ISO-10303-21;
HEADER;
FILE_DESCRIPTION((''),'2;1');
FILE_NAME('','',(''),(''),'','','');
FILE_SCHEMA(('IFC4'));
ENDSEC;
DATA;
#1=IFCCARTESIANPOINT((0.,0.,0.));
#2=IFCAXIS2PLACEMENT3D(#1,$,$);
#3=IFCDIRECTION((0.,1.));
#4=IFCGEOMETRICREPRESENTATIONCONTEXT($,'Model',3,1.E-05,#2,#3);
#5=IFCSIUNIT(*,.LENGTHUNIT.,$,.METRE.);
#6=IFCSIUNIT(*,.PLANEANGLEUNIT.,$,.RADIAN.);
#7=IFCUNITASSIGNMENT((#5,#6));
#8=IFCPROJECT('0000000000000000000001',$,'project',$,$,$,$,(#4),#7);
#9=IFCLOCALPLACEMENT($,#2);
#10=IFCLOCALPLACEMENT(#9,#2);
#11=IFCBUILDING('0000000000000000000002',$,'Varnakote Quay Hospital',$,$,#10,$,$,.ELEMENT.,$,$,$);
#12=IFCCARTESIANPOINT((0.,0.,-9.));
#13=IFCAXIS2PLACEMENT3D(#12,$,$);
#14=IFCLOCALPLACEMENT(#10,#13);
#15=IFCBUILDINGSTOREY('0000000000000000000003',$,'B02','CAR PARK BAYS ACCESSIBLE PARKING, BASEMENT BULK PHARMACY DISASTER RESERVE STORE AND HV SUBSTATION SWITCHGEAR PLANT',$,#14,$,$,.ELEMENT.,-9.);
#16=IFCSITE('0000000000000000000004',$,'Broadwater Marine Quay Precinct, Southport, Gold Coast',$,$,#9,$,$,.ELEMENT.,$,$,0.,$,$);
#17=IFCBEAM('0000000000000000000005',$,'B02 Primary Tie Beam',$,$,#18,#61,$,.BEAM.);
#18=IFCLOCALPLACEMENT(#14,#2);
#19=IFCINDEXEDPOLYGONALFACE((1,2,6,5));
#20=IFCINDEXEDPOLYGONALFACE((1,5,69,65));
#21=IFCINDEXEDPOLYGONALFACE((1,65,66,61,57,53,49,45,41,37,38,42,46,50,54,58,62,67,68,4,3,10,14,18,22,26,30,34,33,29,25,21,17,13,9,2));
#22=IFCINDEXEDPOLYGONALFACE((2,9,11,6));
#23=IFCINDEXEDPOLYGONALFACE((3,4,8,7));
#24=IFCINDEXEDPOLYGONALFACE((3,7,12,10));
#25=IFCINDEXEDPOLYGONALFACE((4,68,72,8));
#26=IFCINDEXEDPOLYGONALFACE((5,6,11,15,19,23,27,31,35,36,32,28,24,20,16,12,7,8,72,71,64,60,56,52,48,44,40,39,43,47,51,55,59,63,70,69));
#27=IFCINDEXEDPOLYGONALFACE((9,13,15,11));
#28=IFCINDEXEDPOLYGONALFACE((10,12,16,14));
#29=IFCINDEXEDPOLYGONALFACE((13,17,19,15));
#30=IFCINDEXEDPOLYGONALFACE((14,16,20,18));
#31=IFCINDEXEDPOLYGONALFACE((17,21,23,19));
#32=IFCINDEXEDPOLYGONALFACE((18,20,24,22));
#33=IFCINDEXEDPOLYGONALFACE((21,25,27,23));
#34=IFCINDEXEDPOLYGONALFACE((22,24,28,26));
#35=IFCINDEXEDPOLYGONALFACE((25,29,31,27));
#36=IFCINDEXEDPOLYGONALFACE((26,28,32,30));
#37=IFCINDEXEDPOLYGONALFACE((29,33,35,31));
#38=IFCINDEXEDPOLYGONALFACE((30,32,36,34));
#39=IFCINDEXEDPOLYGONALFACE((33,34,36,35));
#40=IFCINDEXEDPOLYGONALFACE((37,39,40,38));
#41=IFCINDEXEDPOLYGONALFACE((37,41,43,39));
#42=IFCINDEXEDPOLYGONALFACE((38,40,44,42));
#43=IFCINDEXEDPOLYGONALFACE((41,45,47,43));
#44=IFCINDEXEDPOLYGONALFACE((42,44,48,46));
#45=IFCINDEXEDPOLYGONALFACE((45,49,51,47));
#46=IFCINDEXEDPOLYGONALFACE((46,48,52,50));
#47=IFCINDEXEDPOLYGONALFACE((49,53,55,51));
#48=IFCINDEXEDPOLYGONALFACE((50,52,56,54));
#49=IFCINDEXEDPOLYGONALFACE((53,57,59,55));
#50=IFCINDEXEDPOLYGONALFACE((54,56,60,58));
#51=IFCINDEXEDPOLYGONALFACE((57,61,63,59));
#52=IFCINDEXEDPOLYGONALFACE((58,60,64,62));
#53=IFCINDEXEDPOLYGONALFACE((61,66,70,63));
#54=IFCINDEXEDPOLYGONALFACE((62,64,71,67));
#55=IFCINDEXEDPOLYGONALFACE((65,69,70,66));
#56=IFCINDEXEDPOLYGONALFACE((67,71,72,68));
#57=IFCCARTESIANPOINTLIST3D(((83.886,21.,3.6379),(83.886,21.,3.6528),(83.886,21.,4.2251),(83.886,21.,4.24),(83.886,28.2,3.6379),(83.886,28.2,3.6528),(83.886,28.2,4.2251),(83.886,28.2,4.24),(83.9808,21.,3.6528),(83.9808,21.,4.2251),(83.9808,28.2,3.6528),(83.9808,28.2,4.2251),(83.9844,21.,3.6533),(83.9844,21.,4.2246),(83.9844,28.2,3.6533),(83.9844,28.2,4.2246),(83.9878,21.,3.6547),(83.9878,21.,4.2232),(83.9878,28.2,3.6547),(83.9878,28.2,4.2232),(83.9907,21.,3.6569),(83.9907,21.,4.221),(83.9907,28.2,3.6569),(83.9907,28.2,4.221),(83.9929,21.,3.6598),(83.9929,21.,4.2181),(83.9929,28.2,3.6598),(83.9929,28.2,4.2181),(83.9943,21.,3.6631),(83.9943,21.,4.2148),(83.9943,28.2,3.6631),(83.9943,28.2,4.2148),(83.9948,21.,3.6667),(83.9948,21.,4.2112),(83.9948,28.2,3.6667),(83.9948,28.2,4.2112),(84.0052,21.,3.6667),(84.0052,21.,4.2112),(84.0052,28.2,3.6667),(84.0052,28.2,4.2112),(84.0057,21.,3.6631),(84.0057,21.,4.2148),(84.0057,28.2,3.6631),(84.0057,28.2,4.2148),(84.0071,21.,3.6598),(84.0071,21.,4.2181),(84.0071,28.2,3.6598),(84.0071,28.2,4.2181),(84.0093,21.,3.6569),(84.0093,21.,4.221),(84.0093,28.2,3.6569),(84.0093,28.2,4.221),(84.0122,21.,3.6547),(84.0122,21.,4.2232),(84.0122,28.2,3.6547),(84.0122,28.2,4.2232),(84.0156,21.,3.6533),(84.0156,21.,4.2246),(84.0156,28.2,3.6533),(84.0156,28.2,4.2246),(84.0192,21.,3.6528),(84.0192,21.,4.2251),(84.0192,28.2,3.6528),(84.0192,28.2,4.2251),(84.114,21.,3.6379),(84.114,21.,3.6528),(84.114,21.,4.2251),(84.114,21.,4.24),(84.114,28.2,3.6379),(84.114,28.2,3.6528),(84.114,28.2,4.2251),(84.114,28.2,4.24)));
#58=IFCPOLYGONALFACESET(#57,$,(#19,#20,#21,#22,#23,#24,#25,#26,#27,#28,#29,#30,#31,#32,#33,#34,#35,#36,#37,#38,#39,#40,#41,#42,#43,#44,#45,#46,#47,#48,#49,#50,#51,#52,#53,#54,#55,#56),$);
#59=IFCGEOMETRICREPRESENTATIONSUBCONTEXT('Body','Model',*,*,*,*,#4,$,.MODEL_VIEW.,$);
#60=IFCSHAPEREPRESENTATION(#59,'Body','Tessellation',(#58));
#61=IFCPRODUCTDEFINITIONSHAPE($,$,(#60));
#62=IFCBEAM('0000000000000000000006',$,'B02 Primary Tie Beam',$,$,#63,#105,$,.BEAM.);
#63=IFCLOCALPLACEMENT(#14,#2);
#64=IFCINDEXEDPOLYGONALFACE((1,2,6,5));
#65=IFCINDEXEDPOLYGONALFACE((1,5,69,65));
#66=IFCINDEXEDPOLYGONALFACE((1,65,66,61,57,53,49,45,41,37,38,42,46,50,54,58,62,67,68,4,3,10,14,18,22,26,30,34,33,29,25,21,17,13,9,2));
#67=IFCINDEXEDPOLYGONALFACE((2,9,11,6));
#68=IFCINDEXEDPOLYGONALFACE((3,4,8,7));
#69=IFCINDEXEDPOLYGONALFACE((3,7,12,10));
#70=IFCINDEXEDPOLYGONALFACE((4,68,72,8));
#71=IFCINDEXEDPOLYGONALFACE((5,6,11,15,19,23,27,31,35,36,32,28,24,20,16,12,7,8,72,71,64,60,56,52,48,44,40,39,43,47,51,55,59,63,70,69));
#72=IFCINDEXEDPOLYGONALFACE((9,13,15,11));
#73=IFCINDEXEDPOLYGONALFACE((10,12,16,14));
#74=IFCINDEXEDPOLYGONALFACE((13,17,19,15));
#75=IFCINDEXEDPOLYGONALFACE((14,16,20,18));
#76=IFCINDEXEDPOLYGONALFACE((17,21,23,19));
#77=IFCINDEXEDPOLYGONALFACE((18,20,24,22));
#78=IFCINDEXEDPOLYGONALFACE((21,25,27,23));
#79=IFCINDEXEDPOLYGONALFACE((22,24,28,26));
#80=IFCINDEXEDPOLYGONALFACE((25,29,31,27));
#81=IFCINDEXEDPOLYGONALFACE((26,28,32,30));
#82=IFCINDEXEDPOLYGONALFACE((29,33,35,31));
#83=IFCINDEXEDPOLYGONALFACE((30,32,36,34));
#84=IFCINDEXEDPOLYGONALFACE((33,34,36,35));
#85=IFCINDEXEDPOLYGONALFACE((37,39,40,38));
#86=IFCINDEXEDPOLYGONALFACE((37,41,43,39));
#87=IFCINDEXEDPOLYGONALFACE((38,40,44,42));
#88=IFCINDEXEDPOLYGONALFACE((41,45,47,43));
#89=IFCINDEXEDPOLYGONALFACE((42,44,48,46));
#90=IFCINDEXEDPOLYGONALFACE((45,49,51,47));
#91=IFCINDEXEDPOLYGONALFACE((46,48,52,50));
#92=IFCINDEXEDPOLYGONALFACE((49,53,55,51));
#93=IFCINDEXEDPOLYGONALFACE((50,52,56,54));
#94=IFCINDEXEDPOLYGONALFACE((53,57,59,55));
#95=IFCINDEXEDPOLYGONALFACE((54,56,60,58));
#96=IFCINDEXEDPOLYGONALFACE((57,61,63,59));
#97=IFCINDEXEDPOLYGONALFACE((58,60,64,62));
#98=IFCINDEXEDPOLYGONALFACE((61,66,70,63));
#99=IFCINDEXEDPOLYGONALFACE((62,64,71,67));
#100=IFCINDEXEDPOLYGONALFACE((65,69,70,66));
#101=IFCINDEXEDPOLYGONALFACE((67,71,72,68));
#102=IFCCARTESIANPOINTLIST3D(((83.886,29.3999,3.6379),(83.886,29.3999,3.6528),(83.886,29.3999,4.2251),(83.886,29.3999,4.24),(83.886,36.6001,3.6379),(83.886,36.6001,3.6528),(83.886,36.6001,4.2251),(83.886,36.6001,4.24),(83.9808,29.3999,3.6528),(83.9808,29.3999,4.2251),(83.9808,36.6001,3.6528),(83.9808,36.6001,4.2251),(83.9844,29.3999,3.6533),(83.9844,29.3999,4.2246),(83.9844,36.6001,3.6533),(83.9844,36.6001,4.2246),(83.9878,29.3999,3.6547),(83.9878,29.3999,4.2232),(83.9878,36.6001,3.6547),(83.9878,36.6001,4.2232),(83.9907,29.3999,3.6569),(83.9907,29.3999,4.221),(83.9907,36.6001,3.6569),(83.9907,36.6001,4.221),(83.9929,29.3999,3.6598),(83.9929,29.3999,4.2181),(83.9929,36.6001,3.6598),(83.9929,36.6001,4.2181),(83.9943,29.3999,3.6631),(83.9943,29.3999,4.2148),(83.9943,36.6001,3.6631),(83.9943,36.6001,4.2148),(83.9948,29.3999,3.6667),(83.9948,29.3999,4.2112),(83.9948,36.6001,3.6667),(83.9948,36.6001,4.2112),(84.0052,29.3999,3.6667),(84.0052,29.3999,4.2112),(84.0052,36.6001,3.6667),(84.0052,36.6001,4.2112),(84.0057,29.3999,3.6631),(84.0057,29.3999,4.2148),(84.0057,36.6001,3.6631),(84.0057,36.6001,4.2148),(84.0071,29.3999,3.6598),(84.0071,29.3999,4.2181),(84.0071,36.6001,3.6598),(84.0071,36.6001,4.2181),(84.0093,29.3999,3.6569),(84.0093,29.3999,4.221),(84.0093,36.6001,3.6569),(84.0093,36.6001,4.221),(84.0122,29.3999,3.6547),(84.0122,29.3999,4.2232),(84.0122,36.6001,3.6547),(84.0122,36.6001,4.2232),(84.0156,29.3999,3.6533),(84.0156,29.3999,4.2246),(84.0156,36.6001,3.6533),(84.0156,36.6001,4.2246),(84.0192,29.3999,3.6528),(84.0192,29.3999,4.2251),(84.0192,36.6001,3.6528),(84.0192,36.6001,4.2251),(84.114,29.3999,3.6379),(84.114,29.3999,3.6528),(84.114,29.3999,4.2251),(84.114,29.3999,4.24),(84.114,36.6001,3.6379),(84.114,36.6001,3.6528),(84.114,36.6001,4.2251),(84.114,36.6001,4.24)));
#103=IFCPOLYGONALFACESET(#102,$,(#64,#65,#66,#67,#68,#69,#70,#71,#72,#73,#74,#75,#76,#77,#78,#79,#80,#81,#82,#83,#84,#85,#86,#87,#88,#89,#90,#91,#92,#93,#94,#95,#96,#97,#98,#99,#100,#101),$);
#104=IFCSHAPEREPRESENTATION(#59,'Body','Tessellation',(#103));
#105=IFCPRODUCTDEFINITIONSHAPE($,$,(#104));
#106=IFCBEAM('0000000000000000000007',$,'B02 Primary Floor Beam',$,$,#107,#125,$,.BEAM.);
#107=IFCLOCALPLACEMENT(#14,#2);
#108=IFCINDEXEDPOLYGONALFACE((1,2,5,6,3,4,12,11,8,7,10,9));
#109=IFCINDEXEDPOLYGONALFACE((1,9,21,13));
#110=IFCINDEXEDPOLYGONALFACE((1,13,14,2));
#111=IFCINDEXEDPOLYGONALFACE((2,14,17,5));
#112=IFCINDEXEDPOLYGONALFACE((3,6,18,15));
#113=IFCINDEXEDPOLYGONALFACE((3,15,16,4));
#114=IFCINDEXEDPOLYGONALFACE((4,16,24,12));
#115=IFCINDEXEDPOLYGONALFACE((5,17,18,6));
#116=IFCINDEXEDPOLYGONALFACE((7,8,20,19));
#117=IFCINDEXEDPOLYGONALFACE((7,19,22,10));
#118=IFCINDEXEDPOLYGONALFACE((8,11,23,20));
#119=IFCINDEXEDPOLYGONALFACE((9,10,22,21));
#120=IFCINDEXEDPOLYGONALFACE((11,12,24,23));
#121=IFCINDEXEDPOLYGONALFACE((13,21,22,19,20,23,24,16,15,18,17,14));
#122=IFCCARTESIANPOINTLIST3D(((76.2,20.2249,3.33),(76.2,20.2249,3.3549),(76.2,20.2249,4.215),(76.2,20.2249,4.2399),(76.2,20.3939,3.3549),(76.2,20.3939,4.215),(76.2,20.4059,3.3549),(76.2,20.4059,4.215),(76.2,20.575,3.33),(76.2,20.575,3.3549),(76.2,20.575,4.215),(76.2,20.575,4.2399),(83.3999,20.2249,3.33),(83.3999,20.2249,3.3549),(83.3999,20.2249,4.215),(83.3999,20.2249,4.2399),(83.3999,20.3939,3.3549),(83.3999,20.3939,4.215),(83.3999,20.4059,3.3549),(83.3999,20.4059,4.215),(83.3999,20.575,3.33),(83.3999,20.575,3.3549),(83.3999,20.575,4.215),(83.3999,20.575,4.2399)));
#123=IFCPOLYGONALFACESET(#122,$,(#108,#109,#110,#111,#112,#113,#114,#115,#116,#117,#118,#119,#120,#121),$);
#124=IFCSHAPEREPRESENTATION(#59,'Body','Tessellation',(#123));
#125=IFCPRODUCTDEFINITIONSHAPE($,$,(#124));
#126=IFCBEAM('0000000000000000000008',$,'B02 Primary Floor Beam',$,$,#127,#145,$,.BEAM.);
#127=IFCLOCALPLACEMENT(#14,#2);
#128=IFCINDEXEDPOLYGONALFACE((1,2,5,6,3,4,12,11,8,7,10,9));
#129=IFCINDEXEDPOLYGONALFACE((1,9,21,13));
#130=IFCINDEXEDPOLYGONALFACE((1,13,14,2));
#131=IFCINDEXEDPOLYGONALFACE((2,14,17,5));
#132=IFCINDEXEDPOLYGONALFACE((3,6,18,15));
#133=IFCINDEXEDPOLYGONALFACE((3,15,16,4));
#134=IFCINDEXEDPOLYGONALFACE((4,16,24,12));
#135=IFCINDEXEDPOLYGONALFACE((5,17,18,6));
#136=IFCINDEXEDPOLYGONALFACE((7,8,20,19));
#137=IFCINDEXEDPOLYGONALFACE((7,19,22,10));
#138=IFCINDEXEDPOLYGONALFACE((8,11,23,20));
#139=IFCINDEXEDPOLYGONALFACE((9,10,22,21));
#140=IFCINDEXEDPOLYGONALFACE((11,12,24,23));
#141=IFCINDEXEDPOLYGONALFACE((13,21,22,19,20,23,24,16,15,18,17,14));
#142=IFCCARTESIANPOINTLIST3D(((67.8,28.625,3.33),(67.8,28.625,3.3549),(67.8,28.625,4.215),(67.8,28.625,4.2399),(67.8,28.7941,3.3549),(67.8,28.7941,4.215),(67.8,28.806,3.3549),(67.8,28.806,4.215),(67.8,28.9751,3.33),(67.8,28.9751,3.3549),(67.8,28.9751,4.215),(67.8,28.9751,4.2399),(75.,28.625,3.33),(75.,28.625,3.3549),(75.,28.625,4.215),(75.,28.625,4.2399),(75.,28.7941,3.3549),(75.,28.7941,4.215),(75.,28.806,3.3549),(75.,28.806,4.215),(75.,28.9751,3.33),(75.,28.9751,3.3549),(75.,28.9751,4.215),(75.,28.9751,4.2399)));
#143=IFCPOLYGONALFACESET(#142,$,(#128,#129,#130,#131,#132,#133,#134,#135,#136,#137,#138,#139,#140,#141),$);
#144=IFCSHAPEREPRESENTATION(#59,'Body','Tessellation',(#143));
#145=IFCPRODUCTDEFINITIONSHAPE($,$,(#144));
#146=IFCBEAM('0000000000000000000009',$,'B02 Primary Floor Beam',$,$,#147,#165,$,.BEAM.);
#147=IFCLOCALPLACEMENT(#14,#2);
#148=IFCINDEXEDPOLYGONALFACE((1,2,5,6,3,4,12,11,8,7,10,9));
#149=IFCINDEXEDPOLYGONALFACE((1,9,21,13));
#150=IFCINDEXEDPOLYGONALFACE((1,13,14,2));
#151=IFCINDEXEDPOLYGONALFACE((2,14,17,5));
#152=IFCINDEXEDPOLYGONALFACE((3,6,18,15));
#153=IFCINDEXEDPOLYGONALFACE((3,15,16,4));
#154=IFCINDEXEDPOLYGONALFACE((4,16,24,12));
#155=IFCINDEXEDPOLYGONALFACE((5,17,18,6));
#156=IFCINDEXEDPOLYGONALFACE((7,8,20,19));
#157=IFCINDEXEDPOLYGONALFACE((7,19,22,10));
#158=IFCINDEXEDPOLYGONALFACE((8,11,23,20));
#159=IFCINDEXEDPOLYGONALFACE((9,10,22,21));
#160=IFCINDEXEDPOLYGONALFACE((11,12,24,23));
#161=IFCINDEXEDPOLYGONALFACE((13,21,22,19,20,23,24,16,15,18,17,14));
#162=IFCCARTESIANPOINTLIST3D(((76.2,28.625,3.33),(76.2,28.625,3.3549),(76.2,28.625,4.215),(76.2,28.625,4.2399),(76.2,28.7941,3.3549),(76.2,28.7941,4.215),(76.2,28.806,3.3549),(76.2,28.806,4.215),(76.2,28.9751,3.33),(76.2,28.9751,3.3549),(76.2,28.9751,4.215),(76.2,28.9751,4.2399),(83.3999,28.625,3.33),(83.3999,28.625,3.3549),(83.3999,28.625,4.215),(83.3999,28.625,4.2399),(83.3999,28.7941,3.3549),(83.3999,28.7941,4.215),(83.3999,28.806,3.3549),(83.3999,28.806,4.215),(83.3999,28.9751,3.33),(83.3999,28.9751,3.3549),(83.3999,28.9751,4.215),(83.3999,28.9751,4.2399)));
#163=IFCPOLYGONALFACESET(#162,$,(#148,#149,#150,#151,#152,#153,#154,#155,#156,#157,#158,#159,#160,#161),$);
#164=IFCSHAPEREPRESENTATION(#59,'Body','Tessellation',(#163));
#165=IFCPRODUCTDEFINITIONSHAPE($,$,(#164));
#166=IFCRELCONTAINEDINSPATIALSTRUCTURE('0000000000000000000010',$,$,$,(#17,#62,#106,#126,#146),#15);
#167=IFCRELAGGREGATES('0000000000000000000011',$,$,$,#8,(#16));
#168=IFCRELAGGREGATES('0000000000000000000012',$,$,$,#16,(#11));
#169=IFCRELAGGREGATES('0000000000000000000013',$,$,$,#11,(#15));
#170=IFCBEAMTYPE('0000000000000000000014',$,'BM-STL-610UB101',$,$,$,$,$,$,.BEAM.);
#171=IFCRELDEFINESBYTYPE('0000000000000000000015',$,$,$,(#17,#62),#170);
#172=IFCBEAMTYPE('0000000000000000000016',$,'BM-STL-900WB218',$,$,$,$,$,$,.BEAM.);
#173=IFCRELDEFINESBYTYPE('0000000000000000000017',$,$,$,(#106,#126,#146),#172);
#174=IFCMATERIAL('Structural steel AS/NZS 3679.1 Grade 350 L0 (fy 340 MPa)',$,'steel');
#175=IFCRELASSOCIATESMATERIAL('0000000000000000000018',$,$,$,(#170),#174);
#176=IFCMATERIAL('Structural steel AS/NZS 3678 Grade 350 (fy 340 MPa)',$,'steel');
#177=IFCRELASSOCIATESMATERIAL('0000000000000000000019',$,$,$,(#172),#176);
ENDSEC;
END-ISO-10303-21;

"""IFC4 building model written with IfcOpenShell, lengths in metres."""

from ifc_helpers import new_model, si_unit, direction, frame, origin, origin_2d, place, context, subcontext, project, spatial, i_section, extrude, material, material_profile, profile_set, type_object, element, save


model = new_model("IFC4")

# Units and contexts
model_context = context("Model", 3, precision=1e-05, world=origin(), true_north=direction((0.0, 1.0)))
body_context = subcontext(model_context, "Body", "Model", "MODEL_VIEW")
ifc_project = project(units=[si_unit("LENGTHUNIT", "METRE"), si_unit("PLANEANGLEUNIT", "RADIAN")], contexts=[model_context])

# Site, building, storey
site_placement = place(None, origin())
site = spatial("IfcSite", under=ifc_project, at=site_placement, Name="Broadwater Marine Quay Precinct, Southport, Gold Coast", CompositionType="ELEMENT", RefElevation=0.0)
building_placement = place(site_placement, origin())
building = spatial("IfcBuilding", under=site, at=building_placement, Name="Varnakote Quay Hospital", CompositionType="ELEMENT")
storey_placement = place(building_placement, frame((0.0, 0.0, -9.0)))
storey = spatial("IfcBuildingStorey", under=building, at=storey_placement, Name="B02", Description="CAR PARK BAYS ACCESSIBLE PARKING, BASEMENT BULK PHARMACY DISASTER RESERVE STORE AND HV SUBSTATION SWITCHGEAR PLANT", CompositionType="ELEMENT", Elevation=-9.0)

# Beams
ifc_material_1 = material(Name="Structural steel AS/NZS 3679.1 Grade 350 L0 (fy 340 MPa)", Category="steel")
ifc_material_profile_1 = material_profile(ifc_material_1, i_section(OverallWidth=0.228, OverallDepth=0.6021, WebThickness=0.0105, FlangeThickness=0.0149, FilletRadius=0.0139, at=origin_2d()), Name="610UB101")
ifc_profile_set_1 = profile_set([ifc_material_profile_1], Name="Structural steel AS/NZS 3679.1 Grade 350 L0 (fy 340 MPa)")
beam_type_1 = type_object("IfcBeamType", Name="BM-STL-610UB101", PredefinedType="BEAM", material=ifc_profile_set_1)
beam_1_placement = place(storey_placement, frame((84.0, 21.0, 3.939), z_axis=(0.0, 1.0, 0.0), x_axis=(-1.0, 0.0, 0.0)))
element("IfcBeam", 1, at=beam_1_placement, inside=storey, type_object=beam_type_1, Name="B02 Primary Tie Beam", PredefinedType="BEAM", context=body_context, shape_type="SweptSolid", body=[
    extrude(i_section(OverallWidth=0.228, OverallDepth=0.6021, WebThickness=0.0105, FlangeThickness=0.0149, FilletRadius=0.0139, at=origin_2d()), origin(), (0.0, 0.0, 1.0), 7.2),
])
beam_2_placement = place(storey_placement, frame((84.0, 29.3999, 3.939), z_axis=(0.0, 1.0, 0.0), x_axis=(-1.0, 0.0, 0.0)))
element("IfcBeam", 2, at=beam_2_placement, inside=storey, type_object=beam_type_1, Name="B02 Primary Tie Beam", PredefinedType="BEAM", context=body_context, shape_type="SweptSolid", body=[
    extrude(i_section(OverallWidth=0.228, OverallDepth=0.6021, WebThickness=0.0105, FlangeThickness=0.0149, FilletRadius=0.0139, at=origin_2d()), origin(), (0.0, 0.0, 1.0), 7.2002),
])
ifc_material_2 = material(Name="Structural steel AS/NZS 3678 Grade 350 (fy 340 MPa)", Category="steel")
ifc_material_profile_2 = material_profile(ifc_material_2, i_section(OverallWidth=0.3501, OverallDepth=0.9099, WebThickness=0.012, FlangeThickness=0.0249, at=origin_2d()), Name="900WB218")
ifc_profile_set_2 = profile_set([ifc_material_profile_2], Name="Structural steel AS/NZS 3678 Grade 350 (fy 340 MPa)")
beam_type_2 = type_object("IfcBeamType", Name="BM-STL-900WB218", PredefinedType="BEAM", material=ifc_profile_set_2)
for number, where, z_axis, x_axis, name in (
    (3, (76.2, 20.3999, 3.7849), (1.0, 0.0, 0.0), (0.0, 1.0, 0.0), "B02 Primary Floor Beam"),
    (4, (67.8, 28.8, 3.7849), (1.0, 0.0, 0.0), (0.0, 1.0, 0.0), "B02 Primary Floor Beam"),
    (5, (76.2, 28.8, 3.7849), (1.0, 0.0, 0.0), (0.0, 1.0, 0.0), "B02 Primary Floor Beam"),
):
    element("IfcBeam", number, at=place(storey_placement, frame(where, z_axis=z_axis, x_axis=x_axis)), inside=storey, type_object=beam_type_2, Name=name, PredefinedType="BEAM", context=body_context, shape_type="SweptSolid", body=[
        extrude(i_section(OverallWidth=0.3501, OverallDepth=0.9099, WebThickness=0.012, FlangeThickness=0.0249, at=origin_2d()), origin(), (0.0, 0.0, 1.0), 7.2),
    ])

save(model, "model.ifc")
